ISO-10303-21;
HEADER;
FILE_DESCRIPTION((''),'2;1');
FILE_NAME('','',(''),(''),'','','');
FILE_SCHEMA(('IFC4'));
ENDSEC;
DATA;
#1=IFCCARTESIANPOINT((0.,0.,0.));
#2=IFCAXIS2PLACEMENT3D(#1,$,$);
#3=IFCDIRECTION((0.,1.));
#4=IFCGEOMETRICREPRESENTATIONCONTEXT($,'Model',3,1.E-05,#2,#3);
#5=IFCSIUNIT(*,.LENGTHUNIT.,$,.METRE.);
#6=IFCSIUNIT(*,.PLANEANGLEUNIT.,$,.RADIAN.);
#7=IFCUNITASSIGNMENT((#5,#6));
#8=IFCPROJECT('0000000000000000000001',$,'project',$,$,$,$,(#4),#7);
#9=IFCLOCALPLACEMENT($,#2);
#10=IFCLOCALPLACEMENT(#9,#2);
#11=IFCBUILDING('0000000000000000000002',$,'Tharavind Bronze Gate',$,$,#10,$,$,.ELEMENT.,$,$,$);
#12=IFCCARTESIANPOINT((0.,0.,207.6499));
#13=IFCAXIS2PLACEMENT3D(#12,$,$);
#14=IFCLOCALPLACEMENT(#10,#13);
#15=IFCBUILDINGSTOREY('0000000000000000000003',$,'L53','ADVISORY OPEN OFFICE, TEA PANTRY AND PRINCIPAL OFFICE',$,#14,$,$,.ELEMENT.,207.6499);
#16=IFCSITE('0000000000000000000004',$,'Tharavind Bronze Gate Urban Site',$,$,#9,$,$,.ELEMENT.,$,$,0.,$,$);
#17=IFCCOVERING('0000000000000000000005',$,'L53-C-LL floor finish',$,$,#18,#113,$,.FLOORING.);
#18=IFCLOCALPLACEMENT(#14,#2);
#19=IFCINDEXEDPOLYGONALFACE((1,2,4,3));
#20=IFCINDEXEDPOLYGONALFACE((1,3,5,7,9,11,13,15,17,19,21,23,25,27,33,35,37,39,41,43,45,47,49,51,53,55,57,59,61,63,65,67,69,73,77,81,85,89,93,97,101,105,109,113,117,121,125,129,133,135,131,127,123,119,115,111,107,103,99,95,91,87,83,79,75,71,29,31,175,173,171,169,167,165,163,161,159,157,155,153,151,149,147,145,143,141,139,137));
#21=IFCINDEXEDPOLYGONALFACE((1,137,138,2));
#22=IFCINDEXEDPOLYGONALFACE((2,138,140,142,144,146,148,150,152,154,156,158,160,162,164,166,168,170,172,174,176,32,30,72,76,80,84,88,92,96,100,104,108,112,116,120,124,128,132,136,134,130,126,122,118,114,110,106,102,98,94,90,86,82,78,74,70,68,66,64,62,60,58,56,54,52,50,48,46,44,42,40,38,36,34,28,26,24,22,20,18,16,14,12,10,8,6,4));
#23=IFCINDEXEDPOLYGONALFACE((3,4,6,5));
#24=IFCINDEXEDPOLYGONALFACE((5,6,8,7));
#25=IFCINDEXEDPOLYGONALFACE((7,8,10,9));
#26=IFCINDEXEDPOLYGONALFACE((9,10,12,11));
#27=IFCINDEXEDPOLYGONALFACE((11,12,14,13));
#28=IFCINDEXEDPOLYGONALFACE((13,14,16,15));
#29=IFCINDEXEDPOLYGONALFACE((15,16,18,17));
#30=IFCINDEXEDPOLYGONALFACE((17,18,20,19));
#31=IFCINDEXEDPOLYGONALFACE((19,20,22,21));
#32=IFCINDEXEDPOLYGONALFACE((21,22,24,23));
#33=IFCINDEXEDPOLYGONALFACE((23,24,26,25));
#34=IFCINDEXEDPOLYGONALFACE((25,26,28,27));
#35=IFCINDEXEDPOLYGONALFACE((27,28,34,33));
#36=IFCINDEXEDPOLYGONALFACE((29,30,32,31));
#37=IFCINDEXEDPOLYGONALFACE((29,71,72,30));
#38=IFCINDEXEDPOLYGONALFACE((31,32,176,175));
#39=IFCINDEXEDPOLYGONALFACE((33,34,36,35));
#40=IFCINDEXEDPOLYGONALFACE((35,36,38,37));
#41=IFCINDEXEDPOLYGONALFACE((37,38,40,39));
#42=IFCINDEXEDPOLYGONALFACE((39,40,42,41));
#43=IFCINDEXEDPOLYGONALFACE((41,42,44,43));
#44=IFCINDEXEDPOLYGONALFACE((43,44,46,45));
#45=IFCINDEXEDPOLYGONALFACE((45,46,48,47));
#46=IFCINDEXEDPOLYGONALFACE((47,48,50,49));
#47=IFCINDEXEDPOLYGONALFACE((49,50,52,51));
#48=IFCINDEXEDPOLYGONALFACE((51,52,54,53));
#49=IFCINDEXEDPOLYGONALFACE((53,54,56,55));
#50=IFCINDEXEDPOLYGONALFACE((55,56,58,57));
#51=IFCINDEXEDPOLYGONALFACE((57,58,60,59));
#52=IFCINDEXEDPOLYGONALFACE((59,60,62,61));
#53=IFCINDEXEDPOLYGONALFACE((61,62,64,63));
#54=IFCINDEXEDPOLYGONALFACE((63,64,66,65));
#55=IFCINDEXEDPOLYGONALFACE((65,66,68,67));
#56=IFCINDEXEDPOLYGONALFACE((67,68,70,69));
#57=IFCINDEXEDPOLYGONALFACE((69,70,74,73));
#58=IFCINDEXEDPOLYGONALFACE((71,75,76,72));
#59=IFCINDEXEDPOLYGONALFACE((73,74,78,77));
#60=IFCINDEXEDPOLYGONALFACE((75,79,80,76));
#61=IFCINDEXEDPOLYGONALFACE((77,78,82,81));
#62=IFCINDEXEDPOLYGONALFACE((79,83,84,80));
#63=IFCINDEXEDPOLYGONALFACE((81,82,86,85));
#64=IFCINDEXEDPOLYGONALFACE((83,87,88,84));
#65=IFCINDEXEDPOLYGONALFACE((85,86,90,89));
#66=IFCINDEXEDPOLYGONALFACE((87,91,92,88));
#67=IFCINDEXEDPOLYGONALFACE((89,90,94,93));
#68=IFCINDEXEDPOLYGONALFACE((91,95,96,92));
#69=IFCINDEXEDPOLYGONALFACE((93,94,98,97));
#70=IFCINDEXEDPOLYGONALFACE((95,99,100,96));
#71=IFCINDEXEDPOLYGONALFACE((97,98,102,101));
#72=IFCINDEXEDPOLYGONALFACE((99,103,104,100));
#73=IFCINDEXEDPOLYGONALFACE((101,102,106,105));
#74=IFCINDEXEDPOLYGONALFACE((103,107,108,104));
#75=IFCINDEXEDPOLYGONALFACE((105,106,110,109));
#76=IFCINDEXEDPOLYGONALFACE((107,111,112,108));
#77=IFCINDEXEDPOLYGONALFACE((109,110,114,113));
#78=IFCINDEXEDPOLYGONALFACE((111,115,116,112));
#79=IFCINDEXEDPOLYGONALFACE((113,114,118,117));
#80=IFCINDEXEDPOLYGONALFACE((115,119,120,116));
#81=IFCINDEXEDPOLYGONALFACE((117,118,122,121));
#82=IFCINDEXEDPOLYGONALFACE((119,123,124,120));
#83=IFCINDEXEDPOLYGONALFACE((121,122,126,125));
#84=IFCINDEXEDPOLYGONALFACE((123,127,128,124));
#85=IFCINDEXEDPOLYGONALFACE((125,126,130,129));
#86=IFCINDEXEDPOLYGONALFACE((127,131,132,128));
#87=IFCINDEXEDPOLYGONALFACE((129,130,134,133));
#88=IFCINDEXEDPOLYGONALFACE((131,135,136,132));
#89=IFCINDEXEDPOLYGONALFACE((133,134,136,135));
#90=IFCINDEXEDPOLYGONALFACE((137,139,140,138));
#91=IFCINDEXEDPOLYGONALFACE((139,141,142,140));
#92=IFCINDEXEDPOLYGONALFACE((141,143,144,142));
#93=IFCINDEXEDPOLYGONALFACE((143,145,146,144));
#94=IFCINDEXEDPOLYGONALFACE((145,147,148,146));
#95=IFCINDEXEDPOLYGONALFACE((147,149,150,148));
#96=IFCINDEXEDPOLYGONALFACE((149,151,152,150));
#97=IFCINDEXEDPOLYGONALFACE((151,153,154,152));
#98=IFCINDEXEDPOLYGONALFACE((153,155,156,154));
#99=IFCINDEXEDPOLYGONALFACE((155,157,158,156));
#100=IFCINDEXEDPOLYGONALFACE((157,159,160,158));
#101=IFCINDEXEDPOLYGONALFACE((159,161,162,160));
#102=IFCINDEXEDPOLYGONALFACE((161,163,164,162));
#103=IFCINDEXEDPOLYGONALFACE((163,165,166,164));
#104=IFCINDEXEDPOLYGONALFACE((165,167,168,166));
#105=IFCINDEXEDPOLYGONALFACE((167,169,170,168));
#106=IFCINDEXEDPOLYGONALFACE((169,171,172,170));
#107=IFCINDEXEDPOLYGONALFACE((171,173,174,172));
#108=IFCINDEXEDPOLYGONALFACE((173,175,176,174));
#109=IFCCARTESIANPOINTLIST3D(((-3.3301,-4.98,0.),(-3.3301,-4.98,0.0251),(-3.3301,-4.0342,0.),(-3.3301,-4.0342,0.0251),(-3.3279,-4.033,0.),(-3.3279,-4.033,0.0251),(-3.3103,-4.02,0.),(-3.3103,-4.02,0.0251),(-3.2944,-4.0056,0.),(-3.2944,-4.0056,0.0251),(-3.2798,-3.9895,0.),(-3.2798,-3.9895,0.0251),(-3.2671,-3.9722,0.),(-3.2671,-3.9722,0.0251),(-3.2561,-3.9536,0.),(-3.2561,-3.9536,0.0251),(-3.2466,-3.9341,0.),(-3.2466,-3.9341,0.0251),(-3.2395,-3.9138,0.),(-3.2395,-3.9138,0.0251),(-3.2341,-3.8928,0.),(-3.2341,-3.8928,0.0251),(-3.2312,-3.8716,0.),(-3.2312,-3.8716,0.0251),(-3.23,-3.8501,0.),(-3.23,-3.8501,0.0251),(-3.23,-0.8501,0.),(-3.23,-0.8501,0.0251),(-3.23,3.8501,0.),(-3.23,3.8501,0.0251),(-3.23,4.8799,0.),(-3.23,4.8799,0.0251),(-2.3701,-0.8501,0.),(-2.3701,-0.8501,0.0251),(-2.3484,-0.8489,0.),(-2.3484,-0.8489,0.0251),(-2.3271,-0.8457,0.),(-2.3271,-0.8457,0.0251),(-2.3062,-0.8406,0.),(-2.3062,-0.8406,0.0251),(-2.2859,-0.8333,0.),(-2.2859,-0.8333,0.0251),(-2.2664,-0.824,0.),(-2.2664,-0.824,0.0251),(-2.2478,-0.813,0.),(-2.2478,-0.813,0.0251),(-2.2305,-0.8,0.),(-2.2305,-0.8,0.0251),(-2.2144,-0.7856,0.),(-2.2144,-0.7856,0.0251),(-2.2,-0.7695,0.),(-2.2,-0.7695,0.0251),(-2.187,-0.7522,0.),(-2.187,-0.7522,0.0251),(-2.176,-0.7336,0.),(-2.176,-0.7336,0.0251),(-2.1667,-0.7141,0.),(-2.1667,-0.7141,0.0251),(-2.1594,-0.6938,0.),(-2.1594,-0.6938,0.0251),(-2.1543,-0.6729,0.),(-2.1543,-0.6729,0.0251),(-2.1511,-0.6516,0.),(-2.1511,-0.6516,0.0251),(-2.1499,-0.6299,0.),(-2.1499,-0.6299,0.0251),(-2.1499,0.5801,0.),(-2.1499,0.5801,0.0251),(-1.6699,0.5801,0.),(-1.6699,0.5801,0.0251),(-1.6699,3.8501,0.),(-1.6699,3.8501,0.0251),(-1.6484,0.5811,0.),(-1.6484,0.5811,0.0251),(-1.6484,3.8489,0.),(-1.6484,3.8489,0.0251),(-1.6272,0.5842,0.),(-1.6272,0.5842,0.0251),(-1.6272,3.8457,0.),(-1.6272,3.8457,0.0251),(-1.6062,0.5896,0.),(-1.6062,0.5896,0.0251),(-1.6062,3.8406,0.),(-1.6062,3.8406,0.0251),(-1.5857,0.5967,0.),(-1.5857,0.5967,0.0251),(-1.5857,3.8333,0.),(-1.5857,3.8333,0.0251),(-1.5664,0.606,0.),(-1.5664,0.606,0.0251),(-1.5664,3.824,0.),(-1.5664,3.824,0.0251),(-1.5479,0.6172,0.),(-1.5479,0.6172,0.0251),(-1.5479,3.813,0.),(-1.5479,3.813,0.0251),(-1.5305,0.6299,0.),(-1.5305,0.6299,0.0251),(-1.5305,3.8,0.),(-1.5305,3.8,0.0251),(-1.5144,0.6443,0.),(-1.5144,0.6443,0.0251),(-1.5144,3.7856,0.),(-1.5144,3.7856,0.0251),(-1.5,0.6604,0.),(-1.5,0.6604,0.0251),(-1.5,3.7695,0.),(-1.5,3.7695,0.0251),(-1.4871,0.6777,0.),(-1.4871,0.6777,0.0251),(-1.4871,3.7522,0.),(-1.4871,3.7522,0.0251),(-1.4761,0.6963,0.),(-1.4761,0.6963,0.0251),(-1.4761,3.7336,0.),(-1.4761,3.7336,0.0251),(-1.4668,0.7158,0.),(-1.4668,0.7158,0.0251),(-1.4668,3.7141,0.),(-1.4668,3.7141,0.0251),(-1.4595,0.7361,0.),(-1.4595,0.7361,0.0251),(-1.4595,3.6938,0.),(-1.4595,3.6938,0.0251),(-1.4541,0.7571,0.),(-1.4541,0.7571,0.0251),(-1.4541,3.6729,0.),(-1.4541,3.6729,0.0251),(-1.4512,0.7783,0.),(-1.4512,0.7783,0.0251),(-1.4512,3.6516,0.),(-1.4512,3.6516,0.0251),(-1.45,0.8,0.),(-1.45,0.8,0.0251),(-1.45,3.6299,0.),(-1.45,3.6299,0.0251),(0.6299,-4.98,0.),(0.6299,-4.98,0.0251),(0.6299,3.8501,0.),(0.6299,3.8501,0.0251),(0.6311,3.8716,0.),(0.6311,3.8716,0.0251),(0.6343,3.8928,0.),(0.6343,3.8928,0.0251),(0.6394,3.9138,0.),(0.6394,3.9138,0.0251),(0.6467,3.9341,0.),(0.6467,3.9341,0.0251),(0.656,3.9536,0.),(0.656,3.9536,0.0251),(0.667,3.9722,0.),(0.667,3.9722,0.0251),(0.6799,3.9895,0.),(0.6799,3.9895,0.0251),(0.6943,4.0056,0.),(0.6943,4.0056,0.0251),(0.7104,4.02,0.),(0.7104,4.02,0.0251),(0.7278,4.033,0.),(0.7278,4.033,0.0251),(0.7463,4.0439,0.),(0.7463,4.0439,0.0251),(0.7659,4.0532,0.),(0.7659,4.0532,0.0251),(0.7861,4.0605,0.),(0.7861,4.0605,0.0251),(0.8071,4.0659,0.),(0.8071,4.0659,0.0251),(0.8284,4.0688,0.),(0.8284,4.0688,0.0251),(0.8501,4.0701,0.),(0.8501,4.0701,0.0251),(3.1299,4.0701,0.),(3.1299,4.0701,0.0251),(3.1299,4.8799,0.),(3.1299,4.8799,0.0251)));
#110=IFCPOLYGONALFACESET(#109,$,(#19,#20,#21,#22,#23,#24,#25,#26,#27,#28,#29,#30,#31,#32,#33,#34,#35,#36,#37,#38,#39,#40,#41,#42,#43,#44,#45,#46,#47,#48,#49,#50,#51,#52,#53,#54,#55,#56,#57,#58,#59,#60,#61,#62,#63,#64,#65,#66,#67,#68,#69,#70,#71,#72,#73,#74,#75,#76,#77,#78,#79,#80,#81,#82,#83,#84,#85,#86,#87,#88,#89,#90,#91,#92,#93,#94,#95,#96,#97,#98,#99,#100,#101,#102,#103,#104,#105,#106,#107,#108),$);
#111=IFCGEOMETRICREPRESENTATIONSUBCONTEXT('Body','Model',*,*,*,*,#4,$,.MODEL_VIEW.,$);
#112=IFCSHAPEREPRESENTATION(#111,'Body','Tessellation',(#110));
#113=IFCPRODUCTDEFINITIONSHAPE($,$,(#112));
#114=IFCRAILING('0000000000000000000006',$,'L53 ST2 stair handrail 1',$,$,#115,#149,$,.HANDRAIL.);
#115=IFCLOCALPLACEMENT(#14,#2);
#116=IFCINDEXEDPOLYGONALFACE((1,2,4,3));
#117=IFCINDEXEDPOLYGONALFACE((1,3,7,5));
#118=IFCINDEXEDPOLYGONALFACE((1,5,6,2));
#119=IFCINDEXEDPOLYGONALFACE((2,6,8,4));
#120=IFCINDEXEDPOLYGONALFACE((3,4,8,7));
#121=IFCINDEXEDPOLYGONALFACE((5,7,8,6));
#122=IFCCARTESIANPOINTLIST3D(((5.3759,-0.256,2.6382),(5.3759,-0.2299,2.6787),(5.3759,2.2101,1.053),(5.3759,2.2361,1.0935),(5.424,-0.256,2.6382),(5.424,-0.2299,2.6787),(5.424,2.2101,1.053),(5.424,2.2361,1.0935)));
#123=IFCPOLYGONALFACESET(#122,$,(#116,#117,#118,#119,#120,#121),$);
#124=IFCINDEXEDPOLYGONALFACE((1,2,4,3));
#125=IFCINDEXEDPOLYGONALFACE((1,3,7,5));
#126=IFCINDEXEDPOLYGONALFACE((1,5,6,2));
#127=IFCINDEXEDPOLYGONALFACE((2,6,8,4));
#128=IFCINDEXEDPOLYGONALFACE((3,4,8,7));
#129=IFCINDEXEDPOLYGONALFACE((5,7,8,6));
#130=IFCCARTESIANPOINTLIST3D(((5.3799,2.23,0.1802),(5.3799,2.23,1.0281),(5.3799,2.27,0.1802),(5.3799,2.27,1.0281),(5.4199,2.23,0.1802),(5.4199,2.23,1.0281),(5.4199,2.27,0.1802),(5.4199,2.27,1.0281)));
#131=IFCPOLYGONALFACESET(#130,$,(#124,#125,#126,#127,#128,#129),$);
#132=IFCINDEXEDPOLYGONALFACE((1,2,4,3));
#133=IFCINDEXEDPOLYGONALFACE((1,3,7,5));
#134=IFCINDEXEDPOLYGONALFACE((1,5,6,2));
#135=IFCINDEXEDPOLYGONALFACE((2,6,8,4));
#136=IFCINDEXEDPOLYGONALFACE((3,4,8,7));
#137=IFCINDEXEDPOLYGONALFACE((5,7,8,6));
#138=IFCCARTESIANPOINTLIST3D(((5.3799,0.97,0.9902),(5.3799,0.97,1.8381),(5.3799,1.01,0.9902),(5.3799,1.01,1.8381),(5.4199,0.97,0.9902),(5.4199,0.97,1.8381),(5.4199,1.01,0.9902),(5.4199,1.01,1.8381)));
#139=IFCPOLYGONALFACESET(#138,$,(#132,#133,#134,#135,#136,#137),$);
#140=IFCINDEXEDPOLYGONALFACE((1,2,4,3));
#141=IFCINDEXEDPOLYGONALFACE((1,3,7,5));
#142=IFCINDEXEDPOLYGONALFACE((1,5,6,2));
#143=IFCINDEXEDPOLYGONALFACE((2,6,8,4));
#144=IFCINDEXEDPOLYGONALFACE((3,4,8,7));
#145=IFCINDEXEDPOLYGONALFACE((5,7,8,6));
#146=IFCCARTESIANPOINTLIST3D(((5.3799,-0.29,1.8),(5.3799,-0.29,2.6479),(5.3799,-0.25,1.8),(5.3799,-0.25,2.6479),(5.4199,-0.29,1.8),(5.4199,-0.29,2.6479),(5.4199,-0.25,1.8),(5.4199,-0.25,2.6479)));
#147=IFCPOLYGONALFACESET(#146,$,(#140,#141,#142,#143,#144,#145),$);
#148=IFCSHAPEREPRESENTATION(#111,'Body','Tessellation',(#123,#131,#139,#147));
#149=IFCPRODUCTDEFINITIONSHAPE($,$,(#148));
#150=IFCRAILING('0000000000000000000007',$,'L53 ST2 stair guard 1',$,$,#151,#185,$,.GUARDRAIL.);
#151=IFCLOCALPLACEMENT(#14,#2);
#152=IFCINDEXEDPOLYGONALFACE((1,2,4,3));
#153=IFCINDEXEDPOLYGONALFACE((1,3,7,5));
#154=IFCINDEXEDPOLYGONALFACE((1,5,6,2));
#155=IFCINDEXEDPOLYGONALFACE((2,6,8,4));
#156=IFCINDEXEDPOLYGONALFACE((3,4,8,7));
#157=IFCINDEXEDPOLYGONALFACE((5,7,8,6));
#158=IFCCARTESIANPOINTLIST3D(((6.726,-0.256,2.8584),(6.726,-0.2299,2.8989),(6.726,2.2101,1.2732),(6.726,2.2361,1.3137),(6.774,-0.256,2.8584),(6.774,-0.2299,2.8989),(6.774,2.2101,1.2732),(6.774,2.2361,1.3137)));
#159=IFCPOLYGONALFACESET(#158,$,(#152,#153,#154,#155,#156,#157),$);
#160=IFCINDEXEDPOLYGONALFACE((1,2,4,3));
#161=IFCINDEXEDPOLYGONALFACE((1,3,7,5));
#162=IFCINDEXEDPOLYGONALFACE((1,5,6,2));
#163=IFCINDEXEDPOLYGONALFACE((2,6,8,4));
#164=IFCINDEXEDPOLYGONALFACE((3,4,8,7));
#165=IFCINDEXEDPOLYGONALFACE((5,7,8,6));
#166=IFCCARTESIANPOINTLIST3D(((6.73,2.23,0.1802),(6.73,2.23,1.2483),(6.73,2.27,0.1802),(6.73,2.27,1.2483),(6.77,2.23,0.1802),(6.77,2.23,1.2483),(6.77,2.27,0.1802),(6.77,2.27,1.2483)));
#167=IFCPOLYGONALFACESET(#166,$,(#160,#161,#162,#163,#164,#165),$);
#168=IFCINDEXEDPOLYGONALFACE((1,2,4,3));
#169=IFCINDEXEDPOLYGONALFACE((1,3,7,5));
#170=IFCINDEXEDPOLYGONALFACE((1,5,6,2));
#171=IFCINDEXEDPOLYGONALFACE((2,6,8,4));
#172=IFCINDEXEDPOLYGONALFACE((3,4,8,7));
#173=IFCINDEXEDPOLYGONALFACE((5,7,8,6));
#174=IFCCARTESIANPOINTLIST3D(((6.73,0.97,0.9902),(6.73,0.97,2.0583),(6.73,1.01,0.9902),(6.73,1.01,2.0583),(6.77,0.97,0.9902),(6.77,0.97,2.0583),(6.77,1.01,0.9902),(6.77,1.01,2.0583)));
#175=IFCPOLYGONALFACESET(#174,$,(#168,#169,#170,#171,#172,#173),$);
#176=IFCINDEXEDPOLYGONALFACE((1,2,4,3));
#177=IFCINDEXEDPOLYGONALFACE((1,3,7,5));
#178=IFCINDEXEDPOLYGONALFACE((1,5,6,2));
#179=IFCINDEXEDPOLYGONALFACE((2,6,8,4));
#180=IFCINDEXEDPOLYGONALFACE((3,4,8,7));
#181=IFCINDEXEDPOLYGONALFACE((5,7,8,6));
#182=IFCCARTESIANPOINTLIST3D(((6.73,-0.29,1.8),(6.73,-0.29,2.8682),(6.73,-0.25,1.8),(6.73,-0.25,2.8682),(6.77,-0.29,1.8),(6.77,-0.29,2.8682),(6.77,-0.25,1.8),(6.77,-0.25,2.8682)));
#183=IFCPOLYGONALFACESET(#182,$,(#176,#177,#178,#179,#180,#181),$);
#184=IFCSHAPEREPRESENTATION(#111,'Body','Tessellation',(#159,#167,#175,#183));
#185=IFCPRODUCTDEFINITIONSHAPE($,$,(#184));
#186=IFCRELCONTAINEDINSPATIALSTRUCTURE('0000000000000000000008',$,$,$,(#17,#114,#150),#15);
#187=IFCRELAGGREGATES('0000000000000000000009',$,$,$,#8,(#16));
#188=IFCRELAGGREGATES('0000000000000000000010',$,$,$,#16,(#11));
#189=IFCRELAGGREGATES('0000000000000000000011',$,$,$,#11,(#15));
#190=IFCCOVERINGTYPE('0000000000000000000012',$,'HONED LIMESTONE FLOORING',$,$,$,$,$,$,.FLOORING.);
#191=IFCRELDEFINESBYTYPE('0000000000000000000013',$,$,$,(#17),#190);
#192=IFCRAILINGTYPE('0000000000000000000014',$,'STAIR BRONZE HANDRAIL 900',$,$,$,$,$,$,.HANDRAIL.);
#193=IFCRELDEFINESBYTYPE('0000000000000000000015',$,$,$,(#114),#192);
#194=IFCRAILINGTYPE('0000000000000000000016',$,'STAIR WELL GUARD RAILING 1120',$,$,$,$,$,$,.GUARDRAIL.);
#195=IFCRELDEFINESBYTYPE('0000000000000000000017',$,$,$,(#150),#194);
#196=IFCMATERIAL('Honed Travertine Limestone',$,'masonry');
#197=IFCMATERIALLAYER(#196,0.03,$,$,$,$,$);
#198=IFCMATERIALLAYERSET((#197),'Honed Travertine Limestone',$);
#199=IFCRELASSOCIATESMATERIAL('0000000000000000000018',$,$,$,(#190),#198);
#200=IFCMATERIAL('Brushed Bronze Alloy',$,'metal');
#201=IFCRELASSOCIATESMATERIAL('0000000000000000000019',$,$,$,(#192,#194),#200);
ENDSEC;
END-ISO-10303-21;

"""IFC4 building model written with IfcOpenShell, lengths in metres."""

from ifc_helpers import new_model, si_unit, direction, frame, origin, origin_2d, place, context, subcontext, project, spatial, polyline, rectangle, outline, extrude, material, layer, layer_set, type_object, element, save


model = new_model("IFC4")

# Units and contexts
model_context = context("Model", 3, precision=1e-05, world=origin(), true_north=direction((0.0, 1.0)))
body_context = subcontext(model_context, "Body", "Model", "MODEL_VIEW")
ifc_project = project(units=[si_unit("LENGTHUNIT", "METRE"), si_unit("PLANEANGLEUNIT", "RADIAN")], contexts=[model_context])

# Site, building, storey
site_placement = place(None, origin())
site = spatial("IfcSite", under=ifc_project, at=site_placement, Name="Tharavind Bronze Gate Urban Site", CompositionType="ELEMENT", RefElevation=0.0)
building_placement = place(site_placement, origin())
building = spatial("IfcBuilding", under=site, at=building_placement, Name="Tharavind Bronze Gate", CompositionType="ELEMENT")
storey_placement = place(building_placement, frame((0.0, 0.0, 207.6499)))
storey = spatial("IfcBuildingStorey", under=building, at=storey_placement, Name="L53", Description="ADVISORY OPEN OFFICE, TEA PANTRY AND PRINCIPAL OFFICE", CompositionType="ELEMENT", Elevation=207.6499)

# Covering
ifc_material_1 = material(Name="Honed Travertine Limestone", Category="masonry")
ifc_layer_1 = layer(ifc_material_1, 0.03)
ifc_layer_set_1 = layer_set([ifc_layer_1], Name="Honed Travertine Limestone")
covering_type_1 = type_object("IfcCoveringType", Name="HONED LIMESTONE FLOORING", PredefinedType="FLOORING", material=ifc_layer_set_1)
covering_1_placement = place(storey_placement, origin())
element("IfcCovering", 1, at=covering_1_placement, inside=storey, type_object=covering_type_1, Name="L53-C-LL floor finish", PredefinedType="FLOORING", context=body_context, shape_type="SweptSolid", body=[
    extrude(outline(polyline([(-3.3301, -4.98), (0.6299, -4.98), (0.6299, 3.8501), (0.6311, 3.8716), (0.6343, 3.8928), (0.6394, 3.9138), (0.6467, 3.9341), (0.656, 3.9536), (0.667, 3.9722), (0.6799, 3.9895), (0.6943, 4.0056), (0.7104, 4.02), (0.7278, 4.033), (0.7463, 4.0439), (0.7659, 4.0532), (0.7861, 4.0605), (0.8071, 4.0659), (0.8284, 4.0688), (0.8501, 4.0701), (3.1299, 4.0701), (3.1299, 4.8799), (-3.23, 4.8799), (-3.23, 3.8501), (-1.6699, 3.8501), (-1.6484, 3.8489), (-1.6272, 3.8457), (-1.6062, 3.8406), (-1.5857, 3.8333), (-1.5664, 3.824), (-1.5479, 3.813), (-1.5305, 3.8), (-1.5144, 3.7856), (-1.5, 3.7695), (-1.4871, 3.7522), (-1.4761, 3.7336), (-1.4668, 3.7141), (-1.4595, 3.6938), (-1.4541, 3.6729), (-1.4512, 3.6516), (-1.45, 3.6299), (-1.45, 0.8), (-1.4512, 0.7783), (-1.4541, 0.7571), (-1.4595, 0.7361), (-1.4668, 0.7158), (-1.4761, 0.6963), (-1.4871, 0.6777), (-1.5, 0.6604), (-1.5144, 0.6443), (-1.5305, 0.6299), (-1.5479, 0.6172), (-1.5664, 0.606), (-1.5857, 0.5967), (-1.6062, 0.5896), (-1.6272, 0.5842), (-1.6484, 0.5811), (-1.6699, 0.5801), (-2.1499, 0.5801), (-2.1499, -0.6299), (-2.1511, -0.6516), (-2.1543, -0.6729), (-2.1594, -0.6938), (-2.1667, -0.7141), (-2.176, -0.7336), (-2.187, -0.7522), (-2.2, -0.7695), (-2.2144, -0.7856), (-2.2305, -0.8), (-2.2478, -0.813), (-2.2664, -0.824), (-2.2859, -0.8333), (-2.3062, -0.8406), (-2.3271, -0.8457), (-2.3484, -0.8489), (-2.3701, -0.8501), (-3.23, -0.8501), (-3.23, -3.8501), (-3.2312, -3.8716), (-3.2341, -3.8928), (-3.2395, -3.9138), (-3.2466, -3.9341), (-3.2561, -3.9536), (-3.2671, -3.9722), (-3.2798, -3.9895), (-3.2944, -4.0056), (-3.3103, -4.02), (-3.3279, -4.033), (-3.3301, -4.0342), (-3.3301, -4.98)])), origin(), (0.0, 0.0, 1.0), 0.0251),
])

# Railings
ifc_material_2 = material(Name="Brushed Bronze Alloy", Category="metal")
railing_type_1 = type_object("IfcRailingType", Name="STAIR BRONZE HANDRAIL 900", PredefinedType="HANDRAIL", material=ifc_material_2)
railing_1_placement = place(storey_placement, frame((5.3999, 2.25, 0.1802)))
element("IfcRailing", 2, at=railing_1_placement, inside=storey, type_object=railing_type_1, Name="L53 ST2 stair handrail 1", PredefinedType="HANDRAIL", context=body_context, shape_type="SweptSolid", body=[
    extrude(rectangle(XDim=0.0481, YDim=0.0481, at=origin_2d()), frame((0.0, -0.0269, 0.8931), z_axis=(0.0, -0.8412, 0.540725), x_axis=(1.0, 0.0, 0.0)), (0.0, 0.0, 1.0), 2.9316),
    extrude(rectangle(XDim=0.04, YDim=0.04, at=origin_2d()), origin(), (0.0, 0.0, 1.0), 0.8479),
    extrude(rectangle(XDim=0.04, YDim=0.04, at=origin_2d()), frame((0.0, -1.26, 0.8101)), (0.0, 0.0, 1.0), 0.8479),
    extrude(rectangle(XDim=0.04, YDim=0.04, at=origin_2d()), frame((0.0, -2.52, 1.6199)), (0.0, 0.0, 1.0), 0.8479),
])
railing_type_2 = type_object("IfcRailingType", Name="STAIR WELL GUARD RAILING 1120", PredefinedType="GUARDRAIL", material=ifc_material_2)
railing_2_placement = place(storey_placement, frame((6.75, 2.25, 0.1802)))
element("IfcRailing", 3, at=railing_2_placement, inside=storey, type_object=railing_type_2, Name="L53 ST2 stair guard 1", PredefinedType="GUARDRAIL", context=body_context, shape_type="SweptSolid", body=[
    extrude(rectangle(XDim=0.0481, YDim=0.0481, at=origin_2d()), frame((0.0, -0.0269, 1.1133), z_axis=(0.0, -0.8412, 0.540725), x_axis=(1.0, 0.0, 0.0)), (0.0, 0.0, 1.0), 2.9316),
    extrude(rectangle(XDim=0.04, YDim=0.04, at=origin_2d()), origin(), (0.0, 0.0, 1.0), 1.0681),
    extrude(rectangle(XDim=0.04, YDim=0.04, at=origin_2d()), frame((0.0, -1.26, 0.8101)), (0.0, 0.0, 1.0), 1.0681),
    extrude(rectangle(XDim=0.04, YDim=0.04, at=origin_2d()), frame((0.0, -2.52, 1.6199)), (0.0, 0.0, 1.0), 1.0681),
])

save(model, "model.ifc")
